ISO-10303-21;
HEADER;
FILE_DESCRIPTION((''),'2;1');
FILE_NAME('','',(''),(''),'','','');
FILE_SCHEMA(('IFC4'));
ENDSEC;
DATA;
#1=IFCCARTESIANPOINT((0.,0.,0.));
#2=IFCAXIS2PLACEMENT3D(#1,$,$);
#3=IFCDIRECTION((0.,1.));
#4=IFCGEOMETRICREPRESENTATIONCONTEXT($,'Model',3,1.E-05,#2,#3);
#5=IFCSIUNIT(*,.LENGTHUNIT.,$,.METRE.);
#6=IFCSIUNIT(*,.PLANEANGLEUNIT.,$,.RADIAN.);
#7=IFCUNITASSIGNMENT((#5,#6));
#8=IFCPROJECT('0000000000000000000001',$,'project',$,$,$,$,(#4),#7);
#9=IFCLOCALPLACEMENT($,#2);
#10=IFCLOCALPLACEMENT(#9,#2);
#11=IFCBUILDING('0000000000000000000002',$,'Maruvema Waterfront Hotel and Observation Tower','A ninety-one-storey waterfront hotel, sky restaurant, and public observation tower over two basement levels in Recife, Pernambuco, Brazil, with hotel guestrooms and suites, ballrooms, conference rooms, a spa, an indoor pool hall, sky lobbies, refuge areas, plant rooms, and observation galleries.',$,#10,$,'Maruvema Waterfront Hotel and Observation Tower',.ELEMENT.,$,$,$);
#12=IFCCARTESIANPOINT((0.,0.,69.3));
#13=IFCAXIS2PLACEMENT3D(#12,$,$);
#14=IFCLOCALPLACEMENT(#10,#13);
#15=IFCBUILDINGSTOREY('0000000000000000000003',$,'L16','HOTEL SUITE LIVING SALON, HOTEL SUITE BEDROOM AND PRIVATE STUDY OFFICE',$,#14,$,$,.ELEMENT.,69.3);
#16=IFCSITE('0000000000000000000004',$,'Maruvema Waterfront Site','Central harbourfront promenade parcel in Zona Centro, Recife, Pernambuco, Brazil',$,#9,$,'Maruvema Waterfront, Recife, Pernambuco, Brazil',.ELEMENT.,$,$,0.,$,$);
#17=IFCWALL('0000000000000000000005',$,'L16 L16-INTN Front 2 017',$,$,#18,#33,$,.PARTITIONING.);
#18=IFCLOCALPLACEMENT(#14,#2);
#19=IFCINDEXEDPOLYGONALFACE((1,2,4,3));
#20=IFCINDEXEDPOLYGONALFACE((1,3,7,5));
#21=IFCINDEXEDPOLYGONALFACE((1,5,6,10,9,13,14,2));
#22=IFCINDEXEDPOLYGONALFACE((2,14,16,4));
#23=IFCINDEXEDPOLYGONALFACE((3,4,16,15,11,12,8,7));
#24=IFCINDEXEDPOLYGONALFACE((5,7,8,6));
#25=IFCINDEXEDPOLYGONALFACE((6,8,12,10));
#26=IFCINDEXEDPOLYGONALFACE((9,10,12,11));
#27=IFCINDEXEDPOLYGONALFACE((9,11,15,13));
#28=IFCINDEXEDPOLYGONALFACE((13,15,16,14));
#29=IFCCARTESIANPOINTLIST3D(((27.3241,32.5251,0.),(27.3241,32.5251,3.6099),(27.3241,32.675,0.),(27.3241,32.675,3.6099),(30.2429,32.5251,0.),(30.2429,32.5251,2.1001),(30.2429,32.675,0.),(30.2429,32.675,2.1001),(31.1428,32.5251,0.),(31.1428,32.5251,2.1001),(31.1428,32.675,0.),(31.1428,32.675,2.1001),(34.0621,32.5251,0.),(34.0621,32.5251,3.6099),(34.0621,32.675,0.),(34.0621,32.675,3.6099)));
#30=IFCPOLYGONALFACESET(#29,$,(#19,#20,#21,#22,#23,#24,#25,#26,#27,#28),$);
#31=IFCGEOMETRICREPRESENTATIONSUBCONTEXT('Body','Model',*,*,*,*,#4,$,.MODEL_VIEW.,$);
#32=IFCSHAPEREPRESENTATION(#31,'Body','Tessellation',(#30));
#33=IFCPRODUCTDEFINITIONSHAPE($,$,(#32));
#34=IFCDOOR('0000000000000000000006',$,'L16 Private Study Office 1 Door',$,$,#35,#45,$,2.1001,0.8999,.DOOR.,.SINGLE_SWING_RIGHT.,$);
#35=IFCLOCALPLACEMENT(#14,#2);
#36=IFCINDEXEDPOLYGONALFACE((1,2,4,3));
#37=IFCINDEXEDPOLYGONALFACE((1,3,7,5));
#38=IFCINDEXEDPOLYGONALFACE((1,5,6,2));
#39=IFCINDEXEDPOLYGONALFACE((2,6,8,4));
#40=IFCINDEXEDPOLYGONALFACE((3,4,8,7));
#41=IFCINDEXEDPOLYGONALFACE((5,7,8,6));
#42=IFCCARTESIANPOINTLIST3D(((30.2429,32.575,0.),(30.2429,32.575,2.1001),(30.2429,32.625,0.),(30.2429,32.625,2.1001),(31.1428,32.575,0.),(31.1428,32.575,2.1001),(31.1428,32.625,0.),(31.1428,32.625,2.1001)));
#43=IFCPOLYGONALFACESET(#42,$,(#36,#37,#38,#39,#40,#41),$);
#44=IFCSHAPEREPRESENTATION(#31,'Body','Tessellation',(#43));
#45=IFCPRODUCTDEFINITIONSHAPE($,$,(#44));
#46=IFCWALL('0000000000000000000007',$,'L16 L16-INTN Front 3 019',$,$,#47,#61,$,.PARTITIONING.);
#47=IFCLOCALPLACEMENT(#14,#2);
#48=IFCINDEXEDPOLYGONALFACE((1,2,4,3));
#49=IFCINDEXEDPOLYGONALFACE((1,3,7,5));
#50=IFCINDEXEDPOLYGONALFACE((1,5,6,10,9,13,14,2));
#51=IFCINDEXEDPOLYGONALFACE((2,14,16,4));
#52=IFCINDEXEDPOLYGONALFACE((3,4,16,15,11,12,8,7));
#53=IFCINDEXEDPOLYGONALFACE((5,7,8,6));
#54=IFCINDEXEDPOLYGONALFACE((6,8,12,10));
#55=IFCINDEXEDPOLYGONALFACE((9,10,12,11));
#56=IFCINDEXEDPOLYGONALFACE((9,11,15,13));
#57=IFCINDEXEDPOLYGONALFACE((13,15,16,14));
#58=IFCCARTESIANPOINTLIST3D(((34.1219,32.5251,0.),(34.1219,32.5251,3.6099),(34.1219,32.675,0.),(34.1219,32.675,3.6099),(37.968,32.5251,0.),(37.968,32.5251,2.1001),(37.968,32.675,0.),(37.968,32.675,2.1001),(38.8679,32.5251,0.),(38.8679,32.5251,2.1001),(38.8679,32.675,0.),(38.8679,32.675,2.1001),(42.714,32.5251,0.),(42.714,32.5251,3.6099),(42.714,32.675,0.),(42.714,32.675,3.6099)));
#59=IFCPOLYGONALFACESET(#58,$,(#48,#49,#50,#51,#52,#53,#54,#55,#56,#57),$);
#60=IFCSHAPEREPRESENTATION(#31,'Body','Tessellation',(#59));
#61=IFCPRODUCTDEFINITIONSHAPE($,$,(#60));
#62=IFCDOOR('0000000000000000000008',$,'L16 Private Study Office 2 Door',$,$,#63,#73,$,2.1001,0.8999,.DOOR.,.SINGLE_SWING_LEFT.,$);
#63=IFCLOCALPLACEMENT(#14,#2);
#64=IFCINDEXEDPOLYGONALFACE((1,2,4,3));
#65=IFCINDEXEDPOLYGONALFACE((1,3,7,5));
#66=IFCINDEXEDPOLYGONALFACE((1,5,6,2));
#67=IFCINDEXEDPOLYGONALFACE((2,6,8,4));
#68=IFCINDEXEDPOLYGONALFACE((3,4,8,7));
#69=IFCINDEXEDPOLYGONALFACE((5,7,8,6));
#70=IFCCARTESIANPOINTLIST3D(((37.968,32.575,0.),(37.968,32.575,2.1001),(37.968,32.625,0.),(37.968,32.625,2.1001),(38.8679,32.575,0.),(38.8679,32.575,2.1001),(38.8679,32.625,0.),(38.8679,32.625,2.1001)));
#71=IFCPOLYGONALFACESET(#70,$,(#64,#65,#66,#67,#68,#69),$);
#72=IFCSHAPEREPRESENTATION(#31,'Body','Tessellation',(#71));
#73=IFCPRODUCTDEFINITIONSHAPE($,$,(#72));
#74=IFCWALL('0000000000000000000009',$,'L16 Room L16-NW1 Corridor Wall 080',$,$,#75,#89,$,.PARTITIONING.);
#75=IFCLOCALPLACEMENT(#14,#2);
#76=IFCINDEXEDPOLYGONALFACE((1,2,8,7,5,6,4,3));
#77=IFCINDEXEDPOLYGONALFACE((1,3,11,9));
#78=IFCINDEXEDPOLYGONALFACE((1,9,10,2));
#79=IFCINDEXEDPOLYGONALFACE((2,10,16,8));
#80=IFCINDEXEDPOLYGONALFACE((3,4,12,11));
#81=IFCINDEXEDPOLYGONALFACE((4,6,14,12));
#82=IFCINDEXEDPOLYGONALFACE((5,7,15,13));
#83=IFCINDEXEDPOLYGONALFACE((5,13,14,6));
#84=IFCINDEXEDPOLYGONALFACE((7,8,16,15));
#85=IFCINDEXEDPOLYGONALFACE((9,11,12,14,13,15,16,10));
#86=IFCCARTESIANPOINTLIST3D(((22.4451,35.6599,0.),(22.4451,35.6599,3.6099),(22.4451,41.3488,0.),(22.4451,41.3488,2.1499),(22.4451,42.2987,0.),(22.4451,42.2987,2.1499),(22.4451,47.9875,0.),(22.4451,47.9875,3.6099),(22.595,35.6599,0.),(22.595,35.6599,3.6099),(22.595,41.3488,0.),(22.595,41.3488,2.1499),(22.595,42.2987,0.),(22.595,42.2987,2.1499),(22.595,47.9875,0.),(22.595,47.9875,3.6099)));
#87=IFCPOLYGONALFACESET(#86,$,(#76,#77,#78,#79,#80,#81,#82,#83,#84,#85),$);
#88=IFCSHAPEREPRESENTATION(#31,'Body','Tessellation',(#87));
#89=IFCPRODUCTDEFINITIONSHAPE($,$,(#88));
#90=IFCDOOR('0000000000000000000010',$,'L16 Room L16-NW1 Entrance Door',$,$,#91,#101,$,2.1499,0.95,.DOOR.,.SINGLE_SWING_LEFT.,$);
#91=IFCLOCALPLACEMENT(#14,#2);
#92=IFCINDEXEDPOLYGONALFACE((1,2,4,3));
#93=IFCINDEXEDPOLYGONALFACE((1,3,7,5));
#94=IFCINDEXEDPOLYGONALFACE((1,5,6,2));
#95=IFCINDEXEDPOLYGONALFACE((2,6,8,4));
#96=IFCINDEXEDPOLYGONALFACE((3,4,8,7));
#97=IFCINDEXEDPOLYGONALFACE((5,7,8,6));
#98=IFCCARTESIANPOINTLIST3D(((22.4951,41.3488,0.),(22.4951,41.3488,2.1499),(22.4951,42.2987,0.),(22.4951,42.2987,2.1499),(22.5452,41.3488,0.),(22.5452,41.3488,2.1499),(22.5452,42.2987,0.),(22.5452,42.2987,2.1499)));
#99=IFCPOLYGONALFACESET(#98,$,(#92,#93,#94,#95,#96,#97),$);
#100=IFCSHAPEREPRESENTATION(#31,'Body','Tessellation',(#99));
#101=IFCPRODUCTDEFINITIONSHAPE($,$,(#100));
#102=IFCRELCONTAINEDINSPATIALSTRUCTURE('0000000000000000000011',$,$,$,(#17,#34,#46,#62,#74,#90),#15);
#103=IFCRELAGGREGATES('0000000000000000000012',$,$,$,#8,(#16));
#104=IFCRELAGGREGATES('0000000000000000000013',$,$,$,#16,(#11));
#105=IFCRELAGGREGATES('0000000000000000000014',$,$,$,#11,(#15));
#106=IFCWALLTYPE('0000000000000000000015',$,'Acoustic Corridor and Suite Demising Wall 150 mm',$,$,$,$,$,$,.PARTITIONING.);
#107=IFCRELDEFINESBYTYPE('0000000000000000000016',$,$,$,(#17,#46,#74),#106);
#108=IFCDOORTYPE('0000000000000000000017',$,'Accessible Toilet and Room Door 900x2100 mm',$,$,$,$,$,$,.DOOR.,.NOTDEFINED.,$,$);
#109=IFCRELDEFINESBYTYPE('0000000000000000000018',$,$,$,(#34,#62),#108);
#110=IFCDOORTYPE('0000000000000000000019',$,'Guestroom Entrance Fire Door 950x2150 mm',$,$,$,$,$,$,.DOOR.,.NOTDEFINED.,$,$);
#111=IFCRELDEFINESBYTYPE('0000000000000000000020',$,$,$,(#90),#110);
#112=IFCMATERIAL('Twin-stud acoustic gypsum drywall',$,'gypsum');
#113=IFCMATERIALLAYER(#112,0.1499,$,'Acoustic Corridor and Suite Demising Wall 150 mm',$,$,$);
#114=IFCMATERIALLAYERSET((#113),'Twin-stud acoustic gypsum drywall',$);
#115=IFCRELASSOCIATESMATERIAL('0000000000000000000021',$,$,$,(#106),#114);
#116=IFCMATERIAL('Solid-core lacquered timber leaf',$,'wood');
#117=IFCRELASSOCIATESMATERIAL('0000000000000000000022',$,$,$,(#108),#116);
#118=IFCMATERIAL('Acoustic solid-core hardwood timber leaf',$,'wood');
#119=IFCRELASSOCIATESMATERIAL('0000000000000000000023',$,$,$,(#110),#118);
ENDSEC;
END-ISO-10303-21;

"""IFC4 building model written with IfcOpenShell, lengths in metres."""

from ifc_helpers import new_model, si_unit, direction, frame, frame_2d, origin, place, context, subcontext, project, spatial, rectangle, extrude, material, layer, layer_set, type_object, element, fill, save


model = new_model("IFC4")

# Units and contexts
model_context = context("Model", 3, precision=1e-05, world=origin(), true_north=direction((0.0, 1.0)))
body_context = subcontext(model_context, "Body", "Model", "MODEL_VIEW")
ifc_project = project(units=[si_unit("LENGTHUNIT", "METRE"), si_unit("PLANEANGLEUNIT", "RADIAN")], contexts=[model_context])

# Site, building, storey
site_placement = place(None, origin())
site = spatial("IfcSite", under=ifc_project, at=site_placement, Name="Maruvema Waterfront Site", Description="Central harbourfront promenade parcel in Zona Centro, Recife, Pernambuco, Brazil", LongName="Maruvema Waterfront, Recife, Pernambuco, Brazil", CompositionType="ELEMENT", RefElevation=0.0)
building_placement = place(site_placement, origin())
building = spatial("IfcBuilding", under=site, at=building_placement, Name="Maruvema Waterfront Hotel and Observation Tower", Description="A ninety-one-storey waterfront hotel, sky restaurant, and public observation tower over two basement levels in Recife, Pernambuco, Brazil, with hotel guestrooms and suites, ballrooms, conference rooms, a spa, an indoor pool hall, sky lobbies, refuge areas, plant rooms, and observation galleries.", LongName="Maruvema Waterfront Hotel and Observation Tower", CompositionType="ELEMENT")
storey_placement = place(building_placement, frame((0.0, 0.0, 69.3)))
storey = spatial("IfcBuildingStorey", under=building, at=storey_placement, Name="L16", Description="HOTEL SUITE LIVING SALON, HOTEL SUITE BEDROOM AND PRIVATE STUDY OFFICE", CompositionType="ELEMENT", Elevation=69.3)

# Walls, openings, doors
ifc_material_1 = material(Name="Twin-stud acoustic gypsum drywall", Category="gypsum")
ifc_layer = layer(ifc_material_1, 0.1499, Name="Acoustic Corridor and Suite Demising Wall 150 mm")
ifc_layer_set = layer_set([ifc_layer], Name="Twin-stud acoustic gypsum drywall")
wall_type = type_object("IfcWallType", Name="Acoustic Corridor and Suite Demising Wall 150 mm", PredefinedType="PARTITIONING", material=ifc_layer_set)
ifc_material_2 = material(Name="Solid-core lacquered timber leaf", Category="wood")
door_type_1 = type_object("IfcDoorType", Name="Accessible Toilet and Room Door 900x2100 mm", OperationType="NOTDEFINED", PredefinedType="DOOR", material=ifc_material_2)
wall_1_placement = place(storey_placement, frame((27.324, 32.6001, 0.0), z_axis=(0.0, 0.0, 1.0), x_axis=(1.0, 0.0, 0.0)))
wall_1 = element("IfcWall", 1, at=wall_1_placement, inside=storey, type_object=wall_type, Name="L16 L16-INTN Front 2 017", PredefinedType="PARTITIONING", context=body_context, shape_type="SweptSolid", body=[
    extrude(rectangle(XDim=6.738, YDim=0.1499, at=frame_2d((3.3691, 0.0))), origin(), (0.0, 0.0, 1.0), 3.6099),
])
opening_1_placement = place(wall_1_placement, frame((2.9189, 0.0, 0.0)))
opening_1 = element("IfcOpeningElement", 2, at=opening_1_placement, cuts=wall_1, PredefinedType="OPENING", context=body_context, shape_type="SweptSolid", body=[
    extrude(rectangle(XDim=0.8999, YDim=2.1001, at=frame_2d((0.45, 1.05))), frame((0.0, 0.085, 0.0), z_axis=(0.0, -1.0, 0.0), x_axis=(1.0, 0.0, 0.0)), (0.0, 0.0, 1.0), 0.1699),
])
door_1_placement = place(opening_1_placement, origin())
door_1 = element("IfcDoor", 3, at=door_1_placement, inside=storey, type_object=door_type_1, Name="L16 Private Study Office 1 Door", OperationType="SINGLE_SWING_RIGHT", OverallHeight=2.1001, OverallWidth=0.8999, PredefinedType="DOOR", context=body_context, shape_type="SweptSolid", body=[
    extrude(rectangle(XDim=0.8999, YDim=2.1001, at=frame_2d((0.45, 1.05))), frame((0.0, 0.0249, 0.0), z_axis=(0.0, -1.0, 0.0), x_axis=(1.0, 0.0, 0.0)), (0.0, 0.0, 1.0), 0.05),
])
fill(opening_1, door_1)
wall_2_placement = place(storey_placement, frame((34.1221, 32.6001, 0.0), z_axis=(0.0, 0.0, 1.0), x_axis=(1.0, 0.0, 0.0)))
wall_2 = element("IfcWall", 4, at=wall_2_placement, inside=storey, type_object=wall_type, Name="L16 L16-INTN Front 3 019", PredefinedType="PARTITIONING", context=body_context, shape_type="SweptSolid", body=[
    extrude(rectangle(XDim=8.592, YDim=0.1499, at=frame_2d((4.2959, 0.0))), origin(), (0.0, 0.0, 1.0), 3.6099),
])
opening_2_placement = place(wall_2_placement, frame((3.8459, 0.0, 0.0)))
opening_2 = element("IfcOpeningElement", 5, at=opening_2_placement, cuts=wall_2, PredefinedType="OPENING", context=body_context, shape_type="SweptSolid", body=[
    extrude(rectangle(XDim=0.8999, YDim=2.1001, at=frame_2d((0.45, 1.05))), frame((0.0, 0.085, 0.0), z_axis=(0.0, -1.0, 0.0), x_axis=(1.0, 0.0, 0.0)), (0.0, 0.0, 1.0), 0.1699),
])
door_2_placement = place(opening_2_placement, origin())
door_2 = element("IfcDoor", 6, at=door_2_placement, inside=storey, type_object=door_type_1, Name="L16 Private Study Office 2 Door", OperationType="SINGLE_SWING_LEFT", OverallHeight=2.1001, OverallWidth=0.8999, PredefinedType="DOOR", context=body_context, shape_type="SweptSolid", body=[
    extrude(rectangle(XDim=0.8999, YDim=2.1001, at=frame_2d((0.45, 1.05))), frame((0.0, 0.0249, 0.0), z_axis=(0.0, -1.0, 0.0), x_axis=(1.0, 0.0, 0.0)), (0.0, 0.0, 1.0), 0.05),
])
fill(opening_2, door_2)
wall_3_placement = place(storey_placement, frame((22.52, 35.6599, 0.0), z_axis=(0.0, 0.0, 1.0), x_axis=(0.0, 1.0, 0.0)))
wall_3 = element("IfcWall", 7, at=wall_3_placement, inside=storey, type_object=wall_type, Name="L16 Room L16-NW1 Corridor Wall 080", PredefinedType="PARTITIONING", context=body_context, shape_type="SweptSolid", body=[
    extrude(rectangle(XDim=12.3276, YDim=0.1499, at=frame_2d((6.1638, 0.0))), origin(), (0.0, 0.0, 1.0), 3.6099),
])
opening_3_placement = place(wall_3_placement, frame((5.6887, 0.0, 0.0)))
opening_3 = element("IfcOpeningElement", 8, at=opening_3_placement, cuts=wall_3, PredefinedType="OPENING", context=body_context, shape_type="SweptSolid", body=[
    extrude(rectangle(XDim=0.95, YDim=2.1499, at=frame_2d((0.4751, 1.075))), frame((0.0, 0.085, 0.0), z_axis=(0.0, -1.0, 0.0), x_axis=(1.0, 0.0, 0.0)), (0.0, 0.0, 1.0), 0.1699),
])
ifc_material_3 = material(Name="Acoustic solid-core hardwood timber leaf", Category="wood")
door_type_2 = type_object("IfcDoorType", Name="Guestroom Entrance Fire Door 950x2150 mm", OperationType="NOTDEFINED", PredefinedType="DOOR", material=ifc_material_3)
door_3_placement = place(opening_3_placement, origin())
door_3 = element("IfcDoor", 9, at=door_3_placement, inside=storey, type_object=door_type_2, Name="L16 Room L16-NW1 Entrance Door", OperationType="SINGLE_SWING_LEFT", OverallHeight=2.1499, OverallWidth=0.95, PredefinedType="DOOR", context=body_context, shape_type="SweptSolid", body=[
    extrude(rectangle(XDim=0.95, YDim=2.1499, at=frame_2d((0.4751, 1.075))), frame((0.0, 0.0249, 0.0), z_axis=(0.0, -1.0, 0.0), x_axis=(1.0, 0.0, 0.0)), (0.0, 0.0, 1.0), 0.05),
])
fill(opening_3, door_3)

save(model, "model.ifc")
